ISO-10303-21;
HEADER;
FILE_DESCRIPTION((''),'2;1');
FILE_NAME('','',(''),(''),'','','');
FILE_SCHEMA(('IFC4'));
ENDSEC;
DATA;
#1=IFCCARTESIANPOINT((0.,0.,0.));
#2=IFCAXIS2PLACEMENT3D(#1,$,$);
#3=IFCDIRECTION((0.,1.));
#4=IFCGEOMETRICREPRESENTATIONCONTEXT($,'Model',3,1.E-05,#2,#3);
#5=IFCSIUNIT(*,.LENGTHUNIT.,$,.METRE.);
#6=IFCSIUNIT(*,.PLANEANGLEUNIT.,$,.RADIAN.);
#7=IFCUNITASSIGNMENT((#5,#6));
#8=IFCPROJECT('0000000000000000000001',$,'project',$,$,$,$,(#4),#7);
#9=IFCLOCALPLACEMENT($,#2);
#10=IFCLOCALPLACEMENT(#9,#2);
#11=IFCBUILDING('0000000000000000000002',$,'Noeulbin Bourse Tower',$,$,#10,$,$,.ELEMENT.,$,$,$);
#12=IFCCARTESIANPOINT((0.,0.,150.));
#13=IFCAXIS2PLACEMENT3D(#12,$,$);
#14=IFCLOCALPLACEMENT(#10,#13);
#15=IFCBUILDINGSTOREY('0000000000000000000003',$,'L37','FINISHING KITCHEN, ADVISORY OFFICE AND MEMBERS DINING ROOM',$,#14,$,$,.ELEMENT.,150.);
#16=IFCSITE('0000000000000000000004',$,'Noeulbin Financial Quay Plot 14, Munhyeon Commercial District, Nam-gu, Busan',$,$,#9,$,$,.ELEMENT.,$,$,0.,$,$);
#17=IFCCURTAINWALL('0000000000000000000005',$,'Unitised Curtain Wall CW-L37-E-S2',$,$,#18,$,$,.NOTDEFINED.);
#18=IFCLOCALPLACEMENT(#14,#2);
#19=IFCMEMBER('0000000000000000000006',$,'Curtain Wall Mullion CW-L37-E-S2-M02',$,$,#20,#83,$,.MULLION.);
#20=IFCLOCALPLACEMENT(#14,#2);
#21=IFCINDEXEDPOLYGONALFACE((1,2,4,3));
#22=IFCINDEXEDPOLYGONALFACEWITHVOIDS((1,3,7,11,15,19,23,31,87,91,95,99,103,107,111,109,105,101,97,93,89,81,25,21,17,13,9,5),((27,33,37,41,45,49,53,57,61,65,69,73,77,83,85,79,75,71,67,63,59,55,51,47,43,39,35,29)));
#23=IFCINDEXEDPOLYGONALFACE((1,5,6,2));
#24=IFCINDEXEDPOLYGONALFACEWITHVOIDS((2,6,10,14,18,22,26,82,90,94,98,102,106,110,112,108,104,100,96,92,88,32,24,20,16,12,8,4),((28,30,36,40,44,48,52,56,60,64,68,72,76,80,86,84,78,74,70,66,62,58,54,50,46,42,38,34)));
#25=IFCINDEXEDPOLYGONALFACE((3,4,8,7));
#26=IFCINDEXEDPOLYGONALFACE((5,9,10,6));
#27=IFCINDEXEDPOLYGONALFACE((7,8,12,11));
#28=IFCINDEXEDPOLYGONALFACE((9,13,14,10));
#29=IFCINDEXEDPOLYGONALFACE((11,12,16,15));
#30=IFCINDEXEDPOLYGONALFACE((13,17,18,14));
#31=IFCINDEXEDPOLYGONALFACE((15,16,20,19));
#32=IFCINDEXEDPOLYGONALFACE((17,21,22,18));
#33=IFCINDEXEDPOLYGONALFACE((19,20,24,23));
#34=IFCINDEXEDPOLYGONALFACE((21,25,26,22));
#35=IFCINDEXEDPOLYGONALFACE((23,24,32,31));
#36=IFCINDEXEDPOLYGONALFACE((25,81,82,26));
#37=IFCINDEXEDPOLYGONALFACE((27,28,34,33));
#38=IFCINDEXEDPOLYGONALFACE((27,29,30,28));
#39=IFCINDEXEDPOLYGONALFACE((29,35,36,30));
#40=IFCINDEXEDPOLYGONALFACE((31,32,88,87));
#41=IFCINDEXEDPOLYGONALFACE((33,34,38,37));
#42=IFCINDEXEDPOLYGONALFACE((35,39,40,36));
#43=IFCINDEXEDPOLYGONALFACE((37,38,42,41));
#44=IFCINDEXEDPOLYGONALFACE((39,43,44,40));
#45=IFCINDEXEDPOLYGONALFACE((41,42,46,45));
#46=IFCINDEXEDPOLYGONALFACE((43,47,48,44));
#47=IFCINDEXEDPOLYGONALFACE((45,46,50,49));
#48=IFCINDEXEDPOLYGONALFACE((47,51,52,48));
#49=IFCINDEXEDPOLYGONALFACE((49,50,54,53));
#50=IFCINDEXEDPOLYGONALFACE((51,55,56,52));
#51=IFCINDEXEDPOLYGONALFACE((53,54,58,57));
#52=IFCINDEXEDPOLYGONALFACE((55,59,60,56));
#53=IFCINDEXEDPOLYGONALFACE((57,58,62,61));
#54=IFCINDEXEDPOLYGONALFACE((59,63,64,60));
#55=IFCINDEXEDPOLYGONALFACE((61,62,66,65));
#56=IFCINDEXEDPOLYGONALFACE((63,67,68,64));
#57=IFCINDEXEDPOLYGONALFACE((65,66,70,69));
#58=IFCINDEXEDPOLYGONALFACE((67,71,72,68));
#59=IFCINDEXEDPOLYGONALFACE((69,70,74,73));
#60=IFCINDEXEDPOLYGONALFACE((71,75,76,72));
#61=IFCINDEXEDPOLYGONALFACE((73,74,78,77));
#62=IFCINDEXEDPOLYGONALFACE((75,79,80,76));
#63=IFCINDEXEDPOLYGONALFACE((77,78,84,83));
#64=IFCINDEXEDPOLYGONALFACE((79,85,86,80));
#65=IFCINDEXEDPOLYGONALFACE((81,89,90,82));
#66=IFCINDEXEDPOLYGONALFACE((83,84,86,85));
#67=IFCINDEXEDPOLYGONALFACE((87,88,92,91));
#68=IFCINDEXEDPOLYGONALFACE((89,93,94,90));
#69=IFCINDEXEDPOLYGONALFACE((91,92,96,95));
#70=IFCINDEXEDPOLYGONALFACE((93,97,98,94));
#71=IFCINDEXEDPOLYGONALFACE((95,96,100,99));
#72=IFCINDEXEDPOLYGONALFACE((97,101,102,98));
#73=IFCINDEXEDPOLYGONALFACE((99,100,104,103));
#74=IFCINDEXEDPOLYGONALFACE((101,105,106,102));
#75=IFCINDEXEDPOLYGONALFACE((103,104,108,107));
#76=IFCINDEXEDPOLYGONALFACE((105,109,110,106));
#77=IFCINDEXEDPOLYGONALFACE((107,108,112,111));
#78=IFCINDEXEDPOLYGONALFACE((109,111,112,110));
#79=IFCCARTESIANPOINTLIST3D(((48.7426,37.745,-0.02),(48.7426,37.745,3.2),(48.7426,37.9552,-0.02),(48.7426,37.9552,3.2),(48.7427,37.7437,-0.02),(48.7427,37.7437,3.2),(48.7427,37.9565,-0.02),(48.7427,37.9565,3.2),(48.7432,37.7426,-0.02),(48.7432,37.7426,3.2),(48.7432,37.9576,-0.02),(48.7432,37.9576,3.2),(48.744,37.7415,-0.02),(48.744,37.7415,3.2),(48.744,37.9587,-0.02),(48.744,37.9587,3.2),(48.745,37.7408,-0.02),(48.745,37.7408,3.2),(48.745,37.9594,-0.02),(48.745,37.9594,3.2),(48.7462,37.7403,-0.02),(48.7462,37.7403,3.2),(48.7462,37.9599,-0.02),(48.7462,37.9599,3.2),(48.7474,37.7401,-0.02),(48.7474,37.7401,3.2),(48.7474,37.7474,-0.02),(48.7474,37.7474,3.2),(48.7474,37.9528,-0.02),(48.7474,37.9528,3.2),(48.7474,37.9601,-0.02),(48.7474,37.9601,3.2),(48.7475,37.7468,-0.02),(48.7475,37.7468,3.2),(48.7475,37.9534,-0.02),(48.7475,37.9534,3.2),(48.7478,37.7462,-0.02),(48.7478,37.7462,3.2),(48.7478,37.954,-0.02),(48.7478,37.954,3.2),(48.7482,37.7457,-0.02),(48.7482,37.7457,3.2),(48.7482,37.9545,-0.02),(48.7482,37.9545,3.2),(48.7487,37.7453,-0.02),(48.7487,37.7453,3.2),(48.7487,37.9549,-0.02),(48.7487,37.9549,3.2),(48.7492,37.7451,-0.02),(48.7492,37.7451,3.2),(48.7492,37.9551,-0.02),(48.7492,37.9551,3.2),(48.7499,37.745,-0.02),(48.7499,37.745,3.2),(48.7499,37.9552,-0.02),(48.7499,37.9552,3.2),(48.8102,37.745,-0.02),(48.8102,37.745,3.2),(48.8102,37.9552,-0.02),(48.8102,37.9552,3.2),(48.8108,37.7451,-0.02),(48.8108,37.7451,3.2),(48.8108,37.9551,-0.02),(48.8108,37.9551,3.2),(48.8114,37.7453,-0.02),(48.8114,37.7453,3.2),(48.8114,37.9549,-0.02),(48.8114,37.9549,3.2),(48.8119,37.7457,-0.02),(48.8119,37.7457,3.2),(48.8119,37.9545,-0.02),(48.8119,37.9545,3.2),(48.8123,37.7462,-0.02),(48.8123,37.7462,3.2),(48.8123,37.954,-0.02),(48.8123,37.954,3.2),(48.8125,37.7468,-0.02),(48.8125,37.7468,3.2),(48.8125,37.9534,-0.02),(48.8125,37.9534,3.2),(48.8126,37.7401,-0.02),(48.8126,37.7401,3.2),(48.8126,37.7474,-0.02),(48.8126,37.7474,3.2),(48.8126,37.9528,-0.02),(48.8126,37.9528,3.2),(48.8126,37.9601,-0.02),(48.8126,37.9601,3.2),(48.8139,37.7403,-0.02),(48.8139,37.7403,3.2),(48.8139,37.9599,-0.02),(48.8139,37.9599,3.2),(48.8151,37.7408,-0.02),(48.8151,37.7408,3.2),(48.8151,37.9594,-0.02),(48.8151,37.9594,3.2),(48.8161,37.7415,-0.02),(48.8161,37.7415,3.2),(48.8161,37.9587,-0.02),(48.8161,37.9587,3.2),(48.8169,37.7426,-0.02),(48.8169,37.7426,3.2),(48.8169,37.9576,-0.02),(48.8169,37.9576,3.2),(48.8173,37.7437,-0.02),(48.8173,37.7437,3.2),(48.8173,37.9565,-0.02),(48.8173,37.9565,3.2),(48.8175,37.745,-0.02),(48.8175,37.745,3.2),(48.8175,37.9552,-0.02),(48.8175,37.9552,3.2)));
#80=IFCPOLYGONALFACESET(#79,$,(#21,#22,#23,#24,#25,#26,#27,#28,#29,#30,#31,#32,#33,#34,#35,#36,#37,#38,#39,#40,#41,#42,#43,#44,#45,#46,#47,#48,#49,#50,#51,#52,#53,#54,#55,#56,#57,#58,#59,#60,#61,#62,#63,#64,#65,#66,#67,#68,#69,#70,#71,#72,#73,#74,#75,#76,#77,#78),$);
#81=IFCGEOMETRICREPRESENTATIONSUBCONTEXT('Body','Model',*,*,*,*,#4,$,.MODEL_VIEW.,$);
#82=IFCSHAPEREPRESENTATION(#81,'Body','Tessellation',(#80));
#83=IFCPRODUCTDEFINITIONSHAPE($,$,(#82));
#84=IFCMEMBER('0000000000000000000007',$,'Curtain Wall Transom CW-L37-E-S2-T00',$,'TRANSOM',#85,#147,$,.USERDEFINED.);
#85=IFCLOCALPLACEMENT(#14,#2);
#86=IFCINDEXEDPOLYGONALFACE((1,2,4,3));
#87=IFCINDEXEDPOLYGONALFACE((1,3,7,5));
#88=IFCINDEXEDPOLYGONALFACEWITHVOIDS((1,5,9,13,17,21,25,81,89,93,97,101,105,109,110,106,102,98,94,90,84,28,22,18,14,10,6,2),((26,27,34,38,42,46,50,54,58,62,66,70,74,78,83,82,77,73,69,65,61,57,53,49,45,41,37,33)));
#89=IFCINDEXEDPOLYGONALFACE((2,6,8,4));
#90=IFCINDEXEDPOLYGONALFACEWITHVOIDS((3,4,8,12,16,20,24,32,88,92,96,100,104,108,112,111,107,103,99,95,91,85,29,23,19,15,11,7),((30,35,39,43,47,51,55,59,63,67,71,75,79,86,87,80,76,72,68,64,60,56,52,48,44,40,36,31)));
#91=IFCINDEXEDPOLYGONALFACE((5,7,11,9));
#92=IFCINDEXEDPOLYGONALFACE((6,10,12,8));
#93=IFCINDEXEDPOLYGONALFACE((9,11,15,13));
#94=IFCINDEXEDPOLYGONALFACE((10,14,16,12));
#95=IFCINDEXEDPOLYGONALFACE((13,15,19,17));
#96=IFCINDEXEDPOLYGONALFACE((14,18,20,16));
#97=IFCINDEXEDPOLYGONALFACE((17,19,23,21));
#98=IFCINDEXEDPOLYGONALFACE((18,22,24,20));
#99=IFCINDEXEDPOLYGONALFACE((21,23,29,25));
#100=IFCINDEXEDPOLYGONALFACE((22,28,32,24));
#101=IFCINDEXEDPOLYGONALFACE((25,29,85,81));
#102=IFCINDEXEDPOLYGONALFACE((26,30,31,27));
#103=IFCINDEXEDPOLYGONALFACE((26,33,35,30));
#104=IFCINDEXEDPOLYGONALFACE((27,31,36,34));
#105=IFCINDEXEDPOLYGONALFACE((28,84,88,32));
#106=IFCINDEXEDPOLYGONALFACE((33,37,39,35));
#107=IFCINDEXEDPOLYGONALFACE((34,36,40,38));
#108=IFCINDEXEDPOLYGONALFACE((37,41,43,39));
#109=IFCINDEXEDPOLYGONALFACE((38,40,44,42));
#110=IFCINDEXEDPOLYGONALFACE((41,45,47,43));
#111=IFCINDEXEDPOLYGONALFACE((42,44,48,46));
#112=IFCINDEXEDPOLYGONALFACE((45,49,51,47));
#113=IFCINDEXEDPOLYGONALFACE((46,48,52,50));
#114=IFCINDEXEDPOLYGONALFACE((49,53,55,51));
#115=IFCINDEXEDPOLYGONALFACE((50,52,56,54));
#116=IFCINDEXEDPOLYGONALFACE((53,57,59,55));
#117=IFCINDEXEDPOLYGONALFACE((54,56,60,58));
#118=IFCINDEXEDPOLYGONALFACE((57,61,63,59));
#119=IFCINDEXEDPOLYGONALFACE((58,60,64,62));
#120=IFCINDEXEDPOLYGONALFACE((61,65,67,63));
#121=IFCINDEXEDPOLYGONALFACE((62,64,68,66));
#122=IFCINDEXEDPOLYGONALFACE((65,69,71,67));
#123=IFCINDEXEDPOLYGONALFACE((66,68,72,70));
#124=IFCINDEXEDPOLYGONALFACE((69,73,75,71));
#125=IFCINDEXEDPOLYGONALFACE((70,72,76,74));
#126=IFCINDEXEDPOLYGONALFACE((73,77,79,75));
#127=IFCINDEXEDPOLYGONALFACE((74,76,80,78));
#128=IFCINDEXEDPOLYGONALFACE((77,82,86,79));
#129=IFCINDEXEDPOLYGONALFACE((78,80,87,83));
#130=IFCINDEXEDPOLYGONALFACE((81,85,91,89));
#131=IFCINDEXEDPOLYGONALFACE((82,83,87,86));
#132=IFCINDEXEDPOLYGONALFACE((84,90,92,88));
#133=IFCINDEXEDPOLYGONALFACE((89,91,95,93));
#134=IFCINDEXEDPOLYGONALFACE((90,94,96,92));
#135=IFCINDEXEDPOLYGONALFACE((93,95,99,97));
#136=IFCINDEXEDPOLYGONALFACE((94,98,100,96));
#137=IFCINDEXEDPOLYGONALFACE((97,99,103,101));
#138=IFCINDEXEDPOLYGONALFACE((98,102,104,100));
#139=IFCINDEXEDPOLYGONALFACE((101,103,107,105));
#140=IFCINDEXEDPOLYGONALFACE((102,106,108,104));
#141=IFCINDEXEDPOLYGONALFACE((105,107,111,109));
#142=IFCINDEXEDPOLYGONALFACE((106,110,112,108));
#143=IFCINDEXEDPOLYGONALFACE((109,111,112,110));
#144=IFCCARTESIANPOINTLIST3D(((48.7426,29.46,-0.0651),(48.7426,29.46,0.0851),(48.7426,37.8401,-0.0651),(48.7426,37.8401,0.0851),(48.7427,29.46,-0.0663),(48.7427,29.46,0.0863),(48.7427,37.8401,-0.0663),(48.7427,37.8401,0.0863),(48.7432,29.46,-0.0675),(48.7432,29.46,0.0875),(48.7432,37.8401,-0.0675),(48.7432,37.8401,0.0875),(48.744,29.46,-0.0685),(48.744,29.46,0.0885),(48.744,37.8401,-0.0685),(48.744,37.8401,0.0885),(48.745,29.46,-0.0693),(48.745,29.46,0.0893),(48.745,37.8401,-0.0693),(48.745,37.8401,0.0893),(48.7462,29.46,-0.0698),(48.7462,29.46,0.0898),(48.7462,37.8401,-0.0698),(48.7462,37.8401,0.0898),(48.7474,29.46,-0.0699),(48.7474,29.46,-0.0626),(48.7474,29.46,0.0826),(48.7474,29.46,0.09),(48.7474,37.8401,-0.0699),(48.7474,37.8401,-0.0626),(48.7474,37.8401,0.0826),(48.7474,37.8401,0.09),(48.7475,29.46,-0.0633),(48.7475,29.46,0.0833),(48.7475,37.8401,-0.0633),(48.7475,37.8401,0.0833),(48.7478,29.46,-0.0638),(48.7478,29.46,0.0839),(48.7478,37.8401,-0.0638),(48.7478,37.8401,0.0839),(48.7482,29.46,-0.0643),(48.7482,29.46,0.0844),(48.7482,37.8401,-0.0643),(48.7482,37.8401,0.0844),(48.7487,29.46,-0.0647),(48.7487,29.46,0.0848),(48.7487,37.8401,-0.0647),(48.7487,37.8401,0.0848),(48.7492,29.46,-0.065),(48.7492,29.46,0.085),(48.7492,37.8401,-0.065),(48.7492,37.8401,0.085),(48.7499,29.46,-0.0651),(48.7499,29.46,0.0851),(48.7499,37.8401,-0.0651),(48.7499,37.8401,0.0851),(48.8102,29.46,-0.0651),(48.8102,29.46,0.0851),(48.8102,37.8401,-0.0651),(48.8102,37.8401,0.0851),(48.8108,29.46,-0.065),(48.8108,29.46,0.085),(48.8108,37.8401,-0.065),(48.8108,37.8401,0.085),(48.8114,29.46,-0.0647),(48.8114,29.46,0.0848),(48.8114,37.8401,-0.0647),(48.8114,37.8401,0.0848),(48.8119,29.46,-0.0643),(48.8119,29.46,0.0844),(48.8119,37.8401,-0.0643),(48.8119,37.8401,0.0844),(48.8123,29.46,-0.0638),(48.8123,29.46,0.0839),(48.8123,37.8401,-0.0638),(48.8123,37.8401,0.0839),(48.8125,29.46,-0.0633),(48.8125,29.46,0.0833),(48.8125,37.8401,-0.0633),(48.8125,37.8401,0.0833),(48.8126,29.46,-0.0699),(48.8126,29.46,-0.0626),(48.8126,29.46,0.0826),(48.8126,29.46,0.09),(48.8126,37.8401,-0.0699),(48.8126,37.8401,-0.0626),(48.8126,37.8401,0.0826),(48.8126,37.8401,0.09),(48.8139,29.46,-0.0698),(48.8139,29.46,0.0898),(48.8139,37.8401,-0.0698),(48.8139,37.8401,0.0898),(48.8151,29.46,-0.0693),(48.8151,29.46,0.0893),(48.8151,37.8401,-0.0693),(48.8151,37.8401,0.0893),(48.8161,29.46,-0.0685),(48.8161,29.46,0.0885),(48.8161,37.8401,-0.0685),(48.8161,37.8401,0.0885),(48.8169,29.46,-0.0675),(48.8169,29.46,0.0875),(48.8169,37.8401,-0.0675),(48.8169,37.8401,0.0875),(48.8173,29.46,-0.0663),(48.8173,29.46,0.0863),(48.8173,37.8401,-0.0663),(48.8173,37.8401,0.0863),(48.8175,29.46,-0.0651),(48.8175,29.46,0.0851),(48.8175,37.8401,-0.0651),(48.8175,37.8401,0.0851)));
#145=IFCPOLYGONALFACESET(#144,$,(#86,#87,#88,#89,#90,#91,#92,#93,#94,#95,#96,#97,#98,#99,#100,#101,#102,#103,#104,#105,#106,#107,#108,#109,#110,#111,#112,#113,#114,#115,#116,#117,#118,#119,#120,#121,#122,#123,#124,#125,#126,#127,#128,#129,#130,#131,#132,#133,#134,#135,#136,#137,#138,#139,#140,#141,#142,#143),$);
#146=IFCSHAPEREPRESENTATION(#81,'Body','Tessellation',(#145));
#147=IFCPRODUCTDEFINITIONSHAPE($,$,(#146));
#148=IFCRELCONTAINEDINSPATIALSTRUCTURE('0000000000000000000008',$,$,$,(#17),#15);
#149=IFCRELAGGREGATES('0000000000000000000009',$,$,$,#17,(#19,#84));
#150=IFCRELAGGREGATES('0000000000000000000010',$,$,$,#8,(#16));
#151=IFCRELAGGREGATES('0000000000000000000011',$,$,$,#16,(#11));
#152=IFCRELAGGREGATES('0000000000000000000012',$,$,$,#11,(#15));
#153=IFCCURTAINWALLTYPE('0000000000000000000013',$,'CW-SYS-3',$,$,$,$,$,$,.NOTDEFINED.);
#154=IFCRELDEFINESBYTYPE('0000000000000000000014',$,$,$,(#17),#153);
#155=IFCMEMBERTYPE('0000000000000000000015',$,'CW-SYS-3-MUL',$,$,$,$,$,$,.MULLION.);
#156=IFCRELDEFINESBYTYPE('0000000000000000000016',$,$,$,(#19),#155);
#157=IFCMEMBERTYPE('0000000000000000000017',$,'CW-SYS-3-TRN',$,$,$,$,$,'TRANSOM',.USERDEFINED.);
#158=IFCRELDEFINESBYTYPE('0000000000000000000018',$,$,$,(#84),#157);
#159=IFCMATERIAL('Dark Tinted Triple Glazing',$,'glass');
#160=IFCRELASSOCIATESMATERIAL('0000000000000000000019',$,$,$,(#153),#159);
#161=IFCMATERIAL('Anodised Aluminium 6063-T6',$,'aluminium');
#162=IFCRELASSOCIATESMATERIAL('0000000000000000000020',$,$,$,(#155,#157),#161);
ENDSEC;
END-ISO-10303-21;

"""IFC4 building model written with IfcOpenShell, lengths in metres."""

from ifc_helpers import new_model, si_unit, direction, frame, origin, origin_2d, place, context, subcontext, project, spatial, hollow_rectangle, extrude, material, material_profile, profile_set, type_object, element, aggregate, save


model = new_model("IFC4")

# Units and contexts
model_context = context("Model", 3, precision=1e-05, world=origin(), true_north=direction((0.0, 1.0)))
body_context = subcontext(model_context, "Body", "Model", "MODEL_VIEW")
ifc_project = project(units=[si_unit("LENGTHUNIT", "METRE"), si_unit("PLANEANGLEUNIT", "RADIAN")], contexts=[model_context])

# Site, building, storey
site_placement = place(None, origin())
site = spatial("IfcSite", under=ifc_project, at=site_placement, Name="Noeulbin Financial Quay Plot 14, Munhyeon Commercial District, Nam-gu, Busan", CompositionType="ELEMENT", RefElevation=0.0)
building_placement = place(site_placement, origin())
building = spatial("IfcBuilding", under=site, at=building_placement, Name="Noeulbin Bourse Tower", CompositionType="ELEMENT")
storey_placement = place(building_placement, frame((0.0, 0.0, 150.0)))
storey = spatial("IfcBuildingStorey", under=building, at=storey_placement, Name="L37", Description="FINISHING KITCHEN, ADVISORY OFFICE AND MEMBERS DINING ROOM", CompositionType="ELEMENT", Elevation=150.0)

# Curtain wall, members
ifc_material_1 = material(Name="Dark Tinted Triple Glazing", Category="glass")
curtain_wall_type = type_object("IfcCurtainWallType", Name="CW-SYS-3", PredefinedType="NOTDEFINED", material=ifc_material_1)
curtain_wall_placement = place(storey_placement, origin())
curtain_wall = element("IfcCurtainWall", 1, at=curtain_wall_placement, inside=storey, type_object=curtain_wall_type, Name="Unitised Curtain Wall CW-L37-E-S2", PredefinedType="NOTDEFINED")
ifc_material_2 = material(Name="Anodised Aluminium 6063-T6", Category="aluminium")
ifc_material_profile_1 = material_profile(ifc_material_2, hollow_rectangle(XDim=0.075, YDim=0.22, WallThickness=0.0049, InnerFilletRadius=0.0024, OuterFilletRadius=0.0049, at=origin_2d()), Name="ALU-MULL-75x220x5", Category="LoadBearing")
ifc_profile_set_1 = profile_set([ifc_material_profile_1], Name="Anodised Aluminium 6063-T6")
member_type_1 = type_object("IfcMemberType", Name="CW-SYS-3-MUL", PredefinedType="MULLION", material=ifc_profile_set_1)
member_1_placement = place(storey_placement, frame((48.78, 37.8501, -0.02), z_axis=(0.0, 0.0, 1.0), x_axis=(1.0, 0.0, 0.0)))
member_1 = element("IfcMember", 2, at=member_1_placement, type_object=member_type_1, Name="Curtain Wall Mullion CW-L37-E-S2-M02", PredefinedType="MULLION", context=body_context, shape_type="SweptSolid", body=[
    extrude(hollow_rectangle(XDim=0.075, YDim=0.22, WallThickness=0.0049, InnerFilletRadius=0.0024, OuterFilletRadius=0.0049, at=origin_2d()), origin(), (0.0, 0.0, 1.0), 3.22),
])
ifc_material_profile_2 = material_profile(ifc_material_2, hollow_rectangle(XDim=0.075, YDim=0.1599, WallThickness=0.0049, InnerFilletRadius=0.0024, OuterFilletRadius=0.0049, at=origin_2d()), Name="ALU-TRAN-75x160x5", Category="LoadBearing")
ifc_profile_set_2 = profile_set([ifc_material_profile_2], Name="Anodised Aluminium 6063-T6")
member_type_2 = type_object("IfcMemberType", Name="CW-SYS-3-TRN", ElementType="TRANSOM", PredefinedType="USERDEFINED", material=ifc_profile_set_2)
member_2_placement = place(storey_placement, frame((48.78, 29.46, 0.01), z_axis=(0.0, 1.0, 0.0), x_axis=(-1.0, 0.0, 0.0)))
member_2 = element("IfcMember", 3, at=member_2_placement, type_object=member_type_2, Name="Curtain Wall Transom CW-L37-E-S2-T00", ObjectType="TRANSOM", PredefinedType="USERDEFINED", context=body_context, shape_type="SweptSolid", body=[
    extrude(hollow_rectangle(XDim=0.075, YDim=0.1599, WallThickness=0.0049, InnerFilletRadius=0.0024, OuterFilletRadius=0.0049, at=origin_2d()), origin(), (0.0, 0.0, 1.0), 8.3801),
])
aggregate(curtain_wall, [member_1, member_2])

save(model, "model.ifc")
